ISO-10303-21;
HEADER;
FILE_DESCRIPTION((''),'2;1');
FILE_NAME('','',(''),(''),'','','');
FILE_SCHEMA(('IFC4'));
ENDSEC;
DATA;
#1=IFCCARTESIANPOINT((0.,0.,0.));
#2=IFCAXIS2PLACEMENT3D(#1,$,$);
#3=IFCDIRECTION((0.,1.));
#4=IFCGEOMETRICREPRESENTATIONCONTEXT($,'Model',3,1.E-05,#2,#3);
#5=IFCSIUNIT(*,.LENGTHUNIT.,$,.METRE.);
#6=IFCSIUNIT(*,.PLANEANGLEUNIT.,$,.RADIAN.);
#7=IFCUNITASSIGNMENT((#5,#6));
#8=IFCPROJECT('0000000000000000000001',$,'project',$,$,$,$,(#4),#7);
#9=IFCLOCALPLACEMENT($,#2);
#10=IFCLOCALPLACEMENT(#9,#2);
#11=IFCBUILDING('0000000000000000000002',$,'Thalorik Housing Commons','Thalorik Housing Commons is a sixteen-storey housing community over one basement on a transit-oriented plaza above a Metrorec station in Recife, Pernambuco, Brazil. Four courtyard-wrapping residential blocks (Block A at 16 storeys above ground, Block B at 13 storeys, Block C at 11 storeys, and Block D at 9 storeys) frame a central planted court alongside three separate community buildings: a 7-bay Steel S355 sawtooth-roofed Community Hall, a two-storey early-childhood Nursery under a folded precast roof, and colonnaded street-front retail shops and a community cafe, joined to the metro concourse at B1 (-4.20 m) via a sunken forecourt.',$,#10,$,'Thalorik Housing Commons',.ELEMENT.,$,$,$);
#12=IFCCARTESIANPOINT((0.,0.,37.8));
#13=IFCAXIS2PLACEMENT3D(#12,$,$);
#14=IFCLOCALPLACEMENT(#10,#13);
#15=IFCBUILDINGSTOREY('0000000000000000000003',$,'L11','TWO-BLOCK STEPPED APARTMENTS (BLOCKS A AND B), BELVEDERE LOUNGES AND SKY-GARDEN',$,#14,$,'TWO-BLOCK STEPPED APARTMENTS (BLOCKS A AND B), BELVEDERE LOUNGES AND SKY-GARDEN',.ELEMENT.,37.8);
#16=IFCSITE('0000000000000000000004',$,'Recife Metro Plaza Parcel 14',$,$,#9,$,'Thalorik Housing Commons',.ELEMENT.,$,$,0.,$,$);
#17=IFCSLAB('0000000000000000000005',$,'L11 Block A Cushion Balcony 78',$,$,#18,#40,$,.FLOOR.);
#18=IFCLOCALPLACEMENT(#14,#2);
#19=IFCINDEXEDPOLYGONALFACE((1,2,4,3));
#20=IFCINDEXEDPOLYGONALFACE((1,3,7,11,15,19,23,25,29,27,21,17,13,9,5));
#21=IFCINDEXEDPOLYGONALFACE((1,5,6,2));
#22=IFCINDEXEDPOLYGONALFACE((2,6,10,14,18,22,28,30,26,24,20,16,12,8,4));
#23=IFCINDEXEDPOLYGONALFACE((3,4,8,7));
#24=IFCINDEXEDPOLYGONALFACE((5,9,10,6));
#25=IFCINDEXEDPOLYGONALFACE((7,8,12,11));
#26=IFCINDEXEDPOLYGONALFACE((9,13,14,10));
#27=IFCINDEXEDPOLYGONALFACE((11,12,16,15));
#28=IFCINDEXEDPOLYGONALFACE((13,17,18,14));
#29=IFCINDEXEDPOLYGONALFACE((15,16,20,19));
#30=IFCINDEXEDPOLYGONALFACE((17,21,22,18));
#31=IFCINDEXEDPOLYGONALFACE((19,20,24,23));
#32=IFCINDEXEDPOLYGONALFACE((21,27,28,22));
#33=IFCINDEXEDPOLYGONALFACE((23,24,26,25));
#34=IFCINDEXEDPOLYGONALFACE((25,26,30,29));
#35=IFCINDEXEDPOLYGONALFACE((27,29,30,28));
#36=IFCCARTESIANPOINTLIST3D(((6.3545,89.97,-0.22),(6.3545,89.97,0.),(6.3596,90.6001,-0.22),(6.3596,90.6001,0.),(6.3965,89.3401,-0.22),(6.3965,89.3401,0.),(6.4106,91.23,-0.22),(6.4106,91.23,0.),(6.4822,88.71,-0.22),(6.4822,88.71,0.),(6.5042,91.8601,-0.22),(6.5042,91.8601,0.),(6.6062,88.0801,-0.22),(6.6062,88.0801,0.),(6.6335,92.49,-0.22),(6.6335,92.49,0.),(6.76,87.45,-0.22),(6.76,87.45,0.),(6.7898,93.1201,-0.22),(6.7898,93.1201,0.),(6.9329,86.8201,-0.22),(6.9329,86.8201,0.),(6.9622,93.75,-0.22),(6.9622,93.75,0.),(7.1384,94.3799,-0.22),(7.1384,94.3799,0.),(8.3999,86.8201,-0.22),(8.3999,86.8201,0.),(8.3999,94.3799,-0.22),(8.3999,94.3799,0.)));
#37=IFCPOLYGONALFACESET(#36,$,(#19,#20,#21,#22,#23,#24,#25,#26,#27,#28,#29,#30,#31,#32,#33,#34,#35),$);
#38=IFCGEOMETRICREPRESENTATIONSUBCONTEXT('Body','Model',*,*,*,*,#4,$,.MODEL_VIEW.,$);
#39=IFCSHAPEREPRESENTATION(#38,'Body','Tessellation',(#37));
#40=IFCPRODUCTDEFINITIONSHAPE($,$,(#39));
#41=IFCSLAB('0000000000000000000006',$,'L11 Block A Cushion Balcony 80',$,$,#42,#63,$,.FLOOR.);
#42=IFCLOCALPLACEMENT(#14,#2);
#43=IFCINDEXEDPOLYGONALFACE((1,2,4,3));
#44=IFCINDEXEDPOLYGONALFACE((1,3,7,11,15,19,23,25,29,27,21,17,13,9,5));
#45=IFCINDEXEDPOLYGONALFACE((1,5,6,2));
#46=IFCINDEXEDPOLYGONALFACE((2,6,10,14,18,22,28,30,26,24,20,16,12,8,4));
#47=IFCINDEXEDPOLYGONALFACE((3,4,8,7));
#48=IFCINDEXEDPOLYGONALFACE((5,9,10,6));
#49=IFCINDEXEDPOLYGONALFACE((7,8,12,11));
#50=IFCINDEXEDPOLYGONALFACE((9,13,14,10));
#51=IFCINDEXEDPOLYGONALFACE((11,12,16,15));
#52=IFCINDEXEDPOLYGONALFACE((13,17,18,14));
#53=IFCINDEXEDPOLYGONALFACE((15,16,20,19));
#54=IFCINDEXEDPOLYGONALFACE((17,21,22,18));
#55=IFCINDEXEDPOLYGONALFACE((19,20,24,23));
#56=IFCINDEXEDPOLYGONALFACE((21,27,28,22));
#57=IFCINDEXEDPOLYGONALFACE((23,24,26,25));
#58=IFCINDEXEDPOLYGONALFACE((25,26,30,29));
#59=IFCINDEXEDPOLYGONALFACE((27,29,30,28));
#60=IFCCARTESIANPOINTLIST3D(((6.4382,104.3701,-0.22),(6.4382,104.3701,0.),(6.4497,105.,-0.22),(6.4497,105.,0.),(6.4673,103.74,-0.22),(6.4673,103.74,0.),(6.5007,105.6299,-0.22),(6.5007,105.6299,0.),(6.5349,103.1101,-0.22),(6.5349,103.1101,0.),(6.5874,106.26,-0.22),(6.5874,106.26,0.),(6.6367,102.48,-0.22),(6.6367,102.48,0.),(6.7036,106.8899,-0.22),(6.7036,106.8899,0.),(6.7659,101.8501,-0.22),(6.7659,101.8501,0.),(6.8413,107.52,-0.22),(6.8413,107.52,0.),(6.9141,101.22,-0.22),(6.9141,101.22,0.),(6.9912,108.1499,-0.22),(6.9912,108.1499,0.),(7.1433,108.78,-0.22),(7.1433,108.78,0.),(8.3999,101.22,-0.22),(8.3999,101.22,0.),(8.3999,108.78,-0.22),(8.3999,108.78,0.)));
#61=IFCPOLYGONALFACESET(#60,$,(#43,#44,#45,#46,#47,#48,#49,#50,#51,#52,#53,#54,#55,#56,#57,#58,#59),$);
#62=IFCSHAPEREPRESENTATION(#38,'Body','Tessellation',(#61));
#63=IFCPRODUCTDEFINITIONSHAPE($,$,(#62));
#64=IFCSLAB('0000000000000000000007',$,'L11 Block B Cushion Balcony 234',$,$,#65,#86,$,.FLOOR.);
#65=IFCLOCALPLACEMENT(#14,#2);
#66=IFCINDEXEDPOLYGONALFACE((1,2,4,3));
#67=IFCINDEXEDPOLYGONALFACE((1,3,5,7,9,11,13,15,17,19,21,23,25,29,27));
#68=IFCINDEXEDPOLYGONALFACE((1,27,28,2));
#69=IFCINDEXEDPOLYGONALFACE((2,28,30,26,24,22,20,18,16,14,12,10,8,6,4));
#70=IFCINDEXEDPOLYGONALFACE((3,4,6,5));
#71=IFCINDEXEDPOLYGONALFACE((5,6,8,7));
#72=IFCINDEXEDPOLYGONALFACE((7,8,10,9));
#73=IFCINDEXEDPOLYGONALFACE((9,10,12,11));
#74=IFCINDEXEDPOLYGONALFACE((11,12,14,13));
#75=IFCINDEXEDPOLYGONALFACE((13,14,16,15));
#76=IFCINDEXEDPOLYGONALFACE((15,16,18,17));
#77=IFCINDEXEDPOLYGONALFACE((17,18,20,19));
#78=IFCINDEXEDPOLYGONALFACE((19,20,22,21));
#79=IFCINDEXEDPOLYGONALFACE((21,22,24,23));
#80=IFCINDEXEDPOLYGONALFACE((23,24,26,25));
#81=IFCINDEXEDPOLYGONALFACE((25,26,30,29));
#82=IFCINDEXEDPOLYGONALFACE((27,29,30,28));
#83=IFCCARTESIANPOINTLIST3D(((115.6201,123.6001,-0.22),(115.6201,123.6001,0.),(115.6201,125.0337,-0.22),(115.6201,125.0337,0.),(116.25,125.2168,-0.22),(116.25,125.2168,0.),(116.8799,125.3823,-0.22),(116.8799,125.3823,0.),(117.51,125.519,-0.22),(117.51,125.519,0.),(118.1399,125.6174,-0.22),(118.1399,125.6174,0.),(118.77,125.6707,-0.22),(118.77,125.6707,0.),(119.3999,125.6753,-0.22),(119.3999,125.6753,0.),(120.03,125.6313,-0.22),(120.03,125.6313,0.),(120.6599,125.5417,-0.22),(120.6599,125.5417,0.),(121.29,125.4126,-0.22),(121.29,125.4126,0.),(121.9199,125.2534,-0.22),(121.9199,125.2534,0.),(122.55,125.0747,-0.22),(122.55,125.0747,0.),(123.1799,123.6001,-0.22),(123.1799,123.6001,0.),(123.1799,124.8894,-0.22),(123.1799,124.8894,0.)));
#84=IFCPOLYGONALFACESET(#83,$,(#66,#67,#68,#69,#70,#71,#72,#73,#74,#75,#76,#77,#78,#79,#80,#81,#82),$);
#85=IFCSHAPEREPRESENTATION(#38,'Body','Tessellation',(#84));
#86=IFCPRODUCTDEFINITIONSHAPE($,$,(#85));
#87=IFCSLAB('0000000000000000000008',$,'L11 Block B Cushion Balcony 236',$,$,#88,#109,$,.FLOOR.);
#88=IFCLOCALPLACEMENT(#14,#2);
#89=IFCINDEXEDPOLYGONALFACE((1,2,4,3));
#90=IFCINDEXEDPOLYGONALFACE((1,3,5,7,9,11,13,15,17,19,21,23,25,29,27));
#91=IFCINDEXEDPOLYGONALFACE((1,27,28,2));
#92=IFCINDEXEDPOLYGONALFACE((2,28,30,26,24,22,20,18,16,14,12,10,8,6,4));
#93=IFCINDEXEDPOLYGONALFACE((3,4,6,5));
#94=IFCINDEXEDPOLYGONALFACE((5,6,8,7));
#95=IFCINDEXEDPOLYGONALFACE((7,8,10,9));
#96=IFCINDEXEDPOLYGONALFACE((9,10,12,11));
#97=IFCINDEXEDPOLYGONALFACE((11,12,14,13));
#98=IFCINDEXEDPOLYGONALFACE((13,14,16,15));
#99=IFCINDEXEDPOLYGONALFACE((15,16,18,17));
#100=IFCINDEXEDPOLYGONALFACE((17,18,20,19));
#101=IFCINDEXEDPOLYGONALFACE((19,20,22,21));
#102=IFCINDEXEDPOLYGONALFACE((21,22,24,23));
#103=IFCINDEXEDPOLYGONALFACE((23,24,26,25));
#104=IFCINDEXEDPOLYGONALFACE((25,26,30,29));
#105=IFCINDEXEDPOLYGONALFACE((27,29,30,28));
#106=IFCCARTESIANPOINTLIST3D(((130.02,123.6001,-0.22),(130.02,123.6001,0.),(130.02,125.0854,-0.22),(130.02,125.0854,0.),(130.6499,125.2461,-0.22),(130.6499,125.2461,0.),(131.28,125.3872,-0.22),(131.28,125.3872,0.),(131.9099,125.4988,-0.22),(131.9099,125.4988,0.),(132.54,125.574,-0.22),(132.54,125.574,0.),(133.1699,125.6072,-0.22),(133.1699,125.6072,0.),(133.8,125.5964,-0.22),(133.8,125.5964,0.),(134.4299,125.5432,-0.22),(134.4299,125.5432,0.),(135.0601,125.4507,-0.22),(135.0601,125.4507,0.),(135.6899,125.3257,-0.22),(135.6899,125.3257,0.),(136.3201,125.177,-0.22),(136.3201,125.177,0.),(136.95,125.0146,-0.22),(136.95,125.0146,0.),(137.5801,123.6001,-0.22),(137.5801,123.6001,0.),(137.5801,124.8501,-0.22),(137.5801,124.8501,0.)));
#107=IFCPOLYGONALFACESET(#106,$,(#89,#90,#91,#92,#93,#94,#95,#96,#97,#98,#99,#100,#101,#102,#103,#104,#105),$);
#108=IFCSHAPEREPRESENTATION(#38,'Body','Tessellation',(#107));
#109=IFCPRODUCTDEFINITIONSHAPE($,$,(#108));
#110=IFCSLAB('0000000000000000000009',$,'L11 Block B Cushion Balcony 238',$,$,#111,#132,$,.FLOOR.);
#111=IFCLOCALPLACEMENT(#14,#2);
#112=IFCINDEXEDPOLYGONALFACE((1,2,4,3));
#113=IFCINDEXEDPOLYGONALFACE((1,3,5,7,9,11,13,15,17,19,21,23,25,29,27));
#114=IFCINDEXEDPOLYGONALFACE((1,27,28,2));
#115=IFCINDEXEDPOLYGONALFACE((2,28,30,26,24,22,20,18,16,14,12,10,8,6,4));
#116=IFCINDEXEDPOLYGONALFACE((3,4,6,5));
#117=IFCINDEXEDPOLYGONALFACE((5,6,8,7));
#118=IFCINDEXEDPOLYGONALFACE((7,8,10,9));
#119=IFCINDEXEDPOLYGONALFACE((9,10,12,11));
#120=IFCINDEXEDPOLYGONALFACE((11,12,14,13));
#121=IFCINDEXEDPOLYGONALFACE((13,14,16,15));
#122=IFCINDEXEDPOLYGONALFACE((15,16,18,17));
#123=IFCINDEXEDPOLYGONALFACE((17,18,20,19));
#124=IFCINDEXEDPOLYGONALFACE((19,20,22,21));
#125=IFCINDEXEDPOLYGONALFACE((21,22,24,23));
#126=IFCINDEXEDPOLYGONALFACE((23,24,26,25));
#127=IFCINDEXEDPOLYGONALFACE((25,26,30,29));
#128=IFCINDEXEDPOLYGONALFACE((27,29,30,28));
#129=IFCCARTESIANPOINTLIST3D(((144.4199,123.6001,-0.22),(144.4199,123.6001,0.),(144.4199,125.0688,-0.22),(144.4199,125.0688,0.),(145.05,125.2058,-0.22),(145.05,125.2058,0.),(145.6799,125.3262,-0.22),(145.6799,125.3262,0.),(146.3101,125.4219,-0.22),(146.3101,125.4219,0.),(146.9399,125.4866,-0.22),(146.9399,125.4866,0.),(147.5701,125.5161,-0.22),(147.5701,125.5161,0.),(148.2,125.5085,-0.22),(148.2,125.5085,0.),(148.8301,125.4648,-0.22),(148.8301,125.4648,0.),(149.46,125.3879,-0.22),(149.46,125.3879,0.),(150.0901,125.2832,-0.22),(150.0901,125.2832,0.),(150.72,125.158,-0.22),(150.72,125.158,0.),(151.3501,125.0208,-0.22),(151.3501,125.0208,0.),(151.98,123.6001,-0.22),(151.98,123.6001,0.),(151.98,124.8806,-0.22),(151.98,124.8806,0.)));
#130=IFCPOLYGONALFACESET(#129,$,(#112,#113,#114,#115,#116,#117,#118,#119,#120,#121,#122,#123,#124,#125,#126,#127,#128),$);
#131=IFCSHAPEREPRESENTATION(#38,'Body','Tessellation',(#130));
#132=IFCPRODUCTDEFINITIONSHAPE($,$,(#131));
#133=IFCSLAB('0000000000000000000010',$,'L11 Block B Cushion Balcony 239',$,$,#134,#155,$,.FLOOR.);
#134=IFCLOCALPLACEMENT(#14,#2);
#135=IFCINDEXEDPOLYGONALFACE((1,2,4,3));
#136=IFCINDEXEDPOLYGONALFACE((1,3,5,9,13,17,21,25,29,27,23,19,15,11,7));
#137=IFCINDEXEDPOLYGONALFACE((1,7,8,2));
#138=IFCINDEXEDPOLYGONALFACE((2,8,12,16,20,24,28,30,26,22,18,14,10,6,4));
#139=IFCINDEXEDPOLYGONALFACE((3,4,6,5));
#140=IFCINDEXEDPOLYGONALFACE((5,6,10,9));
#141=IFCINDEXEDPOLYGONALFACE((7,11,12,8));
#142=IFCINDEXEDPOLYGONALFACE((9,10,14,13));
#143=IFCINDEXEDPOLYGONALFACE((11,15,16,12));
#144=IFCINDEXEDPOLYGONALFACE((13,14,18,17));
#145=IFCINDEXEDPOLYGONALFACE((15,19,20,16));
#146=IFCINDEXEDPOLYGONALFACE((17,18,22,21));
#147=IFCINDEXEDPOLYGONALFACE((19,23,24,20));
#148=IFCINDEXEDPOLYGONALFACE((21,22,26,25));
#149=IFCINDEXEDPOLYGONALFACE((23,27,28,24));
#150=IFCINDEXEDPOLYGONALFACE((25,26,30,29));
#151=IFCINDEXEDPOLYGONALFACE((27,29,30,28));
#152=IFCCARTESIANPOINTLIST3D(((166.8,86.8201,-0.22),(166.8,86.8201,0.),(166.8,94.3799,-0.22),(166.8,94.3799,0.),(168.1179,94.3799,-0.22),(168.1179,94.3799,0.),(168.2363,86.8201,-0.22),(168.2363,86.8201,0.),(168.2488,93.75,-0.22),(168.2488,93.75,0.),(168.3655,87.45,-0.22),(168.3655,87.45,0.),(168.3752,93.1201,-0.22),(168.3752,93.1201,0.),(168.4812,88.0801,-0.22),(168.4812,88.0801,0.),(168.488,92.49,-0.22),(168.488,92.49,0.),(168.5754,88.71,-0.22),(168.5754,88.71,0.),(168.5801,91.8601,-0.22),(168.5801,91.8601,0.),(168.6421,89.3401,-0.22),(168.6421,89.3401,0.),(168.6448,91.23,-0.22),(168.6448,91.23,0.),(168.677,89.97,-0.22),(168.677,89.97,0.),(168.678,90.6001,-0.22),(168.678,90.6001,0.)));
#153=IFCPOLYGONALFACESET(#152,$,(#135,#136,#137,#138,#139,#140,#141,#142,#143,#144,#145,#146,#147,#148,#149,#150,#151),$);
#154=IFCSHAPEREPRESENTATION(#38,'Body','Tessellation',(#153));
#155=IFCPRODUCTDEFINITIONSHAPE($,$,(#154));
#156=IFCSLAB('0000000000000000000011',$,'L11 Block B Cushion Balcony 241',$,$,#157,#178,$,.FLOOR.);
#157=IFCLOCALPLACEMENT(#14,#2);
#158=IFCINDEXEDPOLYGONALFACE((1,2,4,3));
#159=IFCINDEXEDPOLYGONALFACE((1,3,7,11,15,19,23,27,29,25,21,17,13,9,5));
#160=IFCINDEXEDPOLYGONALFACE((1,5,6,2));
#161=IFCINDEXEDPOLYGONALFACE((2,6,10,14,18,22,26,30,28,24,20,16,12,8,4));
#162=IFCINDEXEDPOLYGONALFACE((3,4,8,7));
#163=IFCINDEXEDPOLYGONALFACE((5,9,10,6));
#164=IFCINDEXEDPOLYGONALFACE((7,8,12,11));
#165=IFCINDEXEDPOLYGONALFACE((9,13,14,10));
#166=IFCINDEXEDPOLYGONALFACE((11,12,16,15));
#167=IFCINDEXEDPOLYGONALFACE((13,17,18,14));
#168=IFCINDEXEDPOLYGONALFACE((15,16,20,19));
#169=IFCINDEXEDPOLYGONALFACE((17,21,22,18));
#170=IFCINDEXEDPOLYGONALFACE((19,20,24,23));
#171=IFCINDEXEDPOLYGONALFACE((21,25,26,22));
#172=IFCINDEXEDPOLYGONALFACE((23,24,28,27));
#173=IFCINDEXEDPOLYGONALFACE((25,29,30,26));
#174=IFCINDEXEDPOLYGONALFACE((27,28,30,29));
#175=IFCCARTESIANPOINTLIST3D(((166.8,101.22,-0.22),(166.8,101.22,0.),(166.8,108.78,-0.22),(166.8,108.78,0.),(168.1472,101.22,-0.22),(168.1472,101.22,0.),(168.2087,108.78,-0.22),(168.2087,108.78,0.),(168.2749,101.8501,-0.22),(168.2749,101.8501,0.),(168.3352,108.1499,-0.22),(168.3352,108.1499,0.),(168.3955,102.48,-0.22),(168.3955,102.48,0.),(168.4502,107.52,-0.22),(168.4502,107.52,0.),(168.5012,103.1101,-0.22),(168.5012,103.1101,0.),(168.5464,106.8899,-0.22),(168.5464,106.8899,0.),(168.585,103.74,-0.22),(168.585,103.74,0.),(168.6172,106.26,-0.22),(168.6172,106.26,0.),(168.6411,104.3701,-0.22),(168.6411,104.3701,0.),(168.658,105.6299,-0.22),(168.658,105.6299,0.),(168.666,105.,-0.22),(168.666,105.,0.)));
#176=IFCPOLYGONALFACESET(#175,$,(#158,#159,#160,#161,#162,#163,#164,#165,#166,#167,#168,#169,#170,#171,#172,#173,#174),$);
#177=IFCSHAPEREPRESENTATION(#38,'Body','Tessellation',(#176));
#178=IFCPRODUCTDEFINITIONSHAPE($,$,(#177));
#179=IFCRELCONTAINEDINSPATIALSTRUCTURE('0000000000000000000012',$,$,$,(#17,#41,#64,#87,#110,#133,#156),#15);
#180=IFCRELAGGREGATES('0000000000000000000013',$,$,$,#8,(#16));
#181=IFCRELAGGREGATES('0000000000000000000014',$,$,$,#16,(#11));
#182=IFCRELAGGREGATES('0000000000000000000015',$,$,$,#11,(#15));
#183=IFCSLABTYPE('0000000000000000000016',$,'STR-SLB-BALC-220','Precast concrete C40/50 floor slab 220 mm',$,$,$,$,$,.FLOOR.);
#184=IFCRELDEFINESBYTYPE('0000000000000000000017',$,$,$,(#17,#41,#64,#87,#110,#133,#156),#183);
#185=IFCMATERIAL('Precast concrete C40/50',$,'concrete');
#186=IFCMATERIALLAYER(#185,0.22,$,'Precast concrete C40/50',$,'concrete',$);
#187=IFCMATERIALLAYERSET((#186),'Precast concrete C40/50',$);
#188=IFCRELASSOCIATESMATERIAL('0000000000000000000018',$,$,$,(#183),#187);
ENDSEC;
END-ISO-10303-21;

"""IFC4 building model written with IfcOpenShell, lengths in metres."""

from ifc_helpers import new_model, si_unit, direction, frame, origin, place, context, subcontext, project, spatial, polyline, outline, extrude, material, layer, layer_set, type_object, element, save


model = new_model("IFC4")

# Units and contexts
model_context = context("Model", 3, precision=1e-05, world=origin(), true_north=direction((0.0, 1.0)))
body_context = subcontext(model_context, "Body", "Model", "MODEL_VIEW")
ifc_project = project(units=[si_unit("LENGTHUNIT", "METRE"), si_unit("PLANEANGLEUNIT", "RADIAN")], contexts=[model_context])

# Site, building, storey
site_placement = place(None, origin())
site = spatial("IfcSite", under=ifc_project, at=site_placement, Name="Recife Metro Plaza Parcel 14", LongName="Thalorik Housing Commons", CompositionType="ELEMENT", RefElevation=0.0)
building_placement = place(site_placement, origin())
building = spatial("IfcBuilding", under=site, at=building_placement, Name="Thalorik Housing Commons", Description="Thalorik Housing Commons is a sixteen-storey housing community over one basement on a transit-oriented plaza above a Metrorec station in Recife, Pernambuco, Brazil. Four courtyard-wrapping residential blocks (Block A at 16 storeys above ground, Block B at 13 storeys, Block C at 11 storeys, and Block D at 9 storeys) frame a central planted court alongside three separate community buildings: a 7-bay Steel S355 sawtooth-roofed Community Hall, a two-storey early-childhood Nursery under a folded precast roof, and colonnaded street-front retail shops and a community cafe, joined to the metro concourse at B1 (-4.20 m) via a sunken forecourt.", LongName="Thalorik Housing Commons", CompositionType="ELEMENT")
storey_placement = place(building_placement, frame((0.0, 0.0, 37.8)))
storey = spatial("IfcBuildingStorey", under=building, at=storey_placement, Name="L11", Description="TWO-BLOCK STEPPED APARTMENTS (BLOCKS A AND B), BELVEDERE LOUNGES AND SKY-GARDEN", LongName="TWO-BLOCK STEPPED APARTMENTS (BLOCKS A AND B), BELVEDERE LOUNGES AND SKY-GARDEN", CompositionType="ELEMENT", Elevation=37.8)

# Slabs
ifc_material_1 = material(Name="Precast concrete C40/50", Category="concrete")
ifc_layer_1 = layer(ifc_material_1, 0.22, Name="Precast concrete C40/50", Category="concrete")
ifc_layer_set_1 = layer_set([ifc_layer_1], Name="Precast concrete C40/50")
slab_type_1 = type_object("IfcSlabType", Name="STR-SLB-BALC-220", Description="Precast concrete C40/50 floor slab 220 mm", PredefinedType="FLOOR", material=ifc_layer_set_1)
slab_1_placement = place(storey_placement, frame((0.0, 0.0, -0.22)))
element("IfcSlab", 1, at=slab_1_placement, inside=storey, type_object=slab_type_1, Name="L11 Block A Cushion Balcony 78", PredefinedType="FLOOR", context=body_context, shape_type="SweptSolid", body=[
    extrude(outline(polyline([(8.3999, 86.8201), (8.3999, 94.3799), (7.1384, 94.3799), (6.9622, 93.75), (6.7898, 93.1201), (6.6335, 92.49), (6.5042, 91.8601), (6.4106, 91.23), (6.3596, 90.6001), (6.3545, 89.97), (6.3965, 89.3401), (6.4822, 88.71), (6.6062, 88.0801), (6.76, 87.45), (6.9329, 86.8201), (8.3999, 86.8201)])), origin(), (0.0, 0.0, 1.0), 0.22),
])
slab_2_placement = place(storey_placement, frame((0.0, 0.0, -0.22)))
element("IfcSlab", 2, at=slab_2_placement, inside=storey, type_object=slab_type_1, Name="L11 Block A Cushion Balcony 80", PredefinedType="FLOOR", context=body_context, shape_type="SweptSolid", body=[
    extrude(outline(polyline([(8.3999, 101.22), (8.3999, 108.78), (7.1433, 108.78), (6.9912, 108.1499), (6.8413, 107.52), (6.7036, 106.8899), (6.5874, 106.26), (6.5007, 105.6299), (6.4497, 105.0), (6.4382, 104.3701), (6.4673, 103.74), (6.5349, 103.1101), (6.6367, 102.48), (6.7659, 101.8501), (6.9141, 101.22), (8.3999, 101.22)])), origin(), (0.0, 0.0, 1.0), 0.22),
])
slab_3_placement = place(storey_placement, frame((0.0, 0.0, -0.22)))
element("IfcSlab", 3, at=slab_3_placement, inside=storey, type_object=slab_type_1, Name="L11 Block B Cushion Balcony 234", PredefinedType="FLOOR", context=body_context, shape_type="SweptSolid", body=[
    extrude(outline(polyline([(115.6201, 123.6001), (123.1799, 123.6001), (123.1799, 124.8894), (122.55, 125.0747), (121.9199, 125.2534), (121.29, 125.4126), (120.6599, 125.5417), (120.03, 125.6313), (119.3999, 125.6753), (118.77, 125.6707), (118.1399, 125.6174), (117.51, 125.519), (116.8799, 125.3823), (116.25, 125.2168), (115.6201, 125.0337), (115.6201, 123.6001)])), origin(), (0.0, 0.0, 1.0), 0.22),
])
slab_4_placement = place(storey_placement, frame((0.0, 0.0, -0.22)))
element("IfcSlab", 4, at=slab_4_placement, inside=storey, type_object=slab_type_1, Name="L11 Block B Cushion Balcony 236", PredefinedType="FLOOR", context=body_context, shape_type="SweptSolid", body=[
    extrude(outline(polyline([(130.02, 123.6001), (137.5801, 123.6001), (137.5801, 124.8501), (136.95, 125.0146), (136.3201, 125.177), (135.6899, 125.3257), (135.0601, 125.4507), (134.4299, 125.5432), (133.8, 125.5964), (133.1699, 125.6072), (132.54, 125.574), (131.9099, 125.4988), (131.28, 125.3872), (130.6499, 125.2461), (130.02, 125.0854), (130.02, 123.6001)])), origin(), (0.0, 0.0, 1.0), 0.22),
])
slab_5_placement = place(storey_placement, frame((0.0, 0.0, -0.22)))
element("IfcSlab", 5, at=slab_5_placement, inside=storey, type_object=slab_type_1, Name="L11 Block B Cushion Balcony 238", PredefinedType="FLOOR", context=body_context, shape_type="SweptSolid", body=[
    extrude(outline(polyline([(144.4199, 123.6001), (151.98, 123.6001), (151.98, 124.8806), (151.3501, 125.0208), (150.72, 125.158), (150.0901, 125.2832), (149.46, 125.3879), (148.8301, 125.4648), (148.2, 125.5085), (147.5701, 125.5161), (146.9399, 125.4866), (146.3101, 125.4219), (145.6799, 125.3262), (145.05, 125.2058), (144.4199, 125.0688), (144.4199, 123.6001)])), origin(), (0.0, 0.0, 1.0), 0.22),
])
slab_6_placement = place(storey_placement, frame((0.0, 0.0, -0.22)))
element("IfcSlab", 6, at=slab_6_placement, inside=storey, type_object=slab_type_1, Name="L11 Block B Cushion Balcony 239", PredefinedType="FLOOR", context=body_context, shape_type="SweptSolid", body=[
    extrude(outline(polyline([(168.2363, 86.8201), (168.3655, 87.45), (168.4812, 88.0801), (168.5754, 88.71), (168.6421, 89.3401), (168.677, 89.97), (168.678, 90.6001), (168.6448, 91.23), (168.5801, 91.8601), (168.488, 92.49), (168.3752, 93.1201), (168.2488, 93.75), (168.1179, 94.3799), (166.8, 94.3799), (166.8, 86.8201), (168.2363, 86.8201)])), origin(), (0.0, 0.0, 1.0), 0.22),
])
slab_7_placement = place(storey_placement, frame((0.0, 0.0, -0.22)))
element("IfcSlab", 7, at=slab_7_placement, inside=storey, type_object=slab_type_1, Name="L11 Block B Cushion Balcony 241", PredefinedType="FLOOR", context=body_context, shape_type="SweptSolid", body=[
    extrude(outline(polyline([(168.1472, 101.22), (168.2749, 101.8501), (168.3955, 102.48), (168.5012, 103.1101), (168.585, 103.74), (168.6411, 104.3701), (168.666, 105.0), (168.658, 105.6299), (168.6172, 106.26), (168.5464, 106.8899), (168.4502, 107.52), (168.3352, 108.1499), (168.2087, 108.78), (166.8, 108.78), (166.8, 101.22), (168.1472, 101.22)])), origin(), (0.0, 0.0, 1.0), 0.22),
])

save(model, "model.ifc")
